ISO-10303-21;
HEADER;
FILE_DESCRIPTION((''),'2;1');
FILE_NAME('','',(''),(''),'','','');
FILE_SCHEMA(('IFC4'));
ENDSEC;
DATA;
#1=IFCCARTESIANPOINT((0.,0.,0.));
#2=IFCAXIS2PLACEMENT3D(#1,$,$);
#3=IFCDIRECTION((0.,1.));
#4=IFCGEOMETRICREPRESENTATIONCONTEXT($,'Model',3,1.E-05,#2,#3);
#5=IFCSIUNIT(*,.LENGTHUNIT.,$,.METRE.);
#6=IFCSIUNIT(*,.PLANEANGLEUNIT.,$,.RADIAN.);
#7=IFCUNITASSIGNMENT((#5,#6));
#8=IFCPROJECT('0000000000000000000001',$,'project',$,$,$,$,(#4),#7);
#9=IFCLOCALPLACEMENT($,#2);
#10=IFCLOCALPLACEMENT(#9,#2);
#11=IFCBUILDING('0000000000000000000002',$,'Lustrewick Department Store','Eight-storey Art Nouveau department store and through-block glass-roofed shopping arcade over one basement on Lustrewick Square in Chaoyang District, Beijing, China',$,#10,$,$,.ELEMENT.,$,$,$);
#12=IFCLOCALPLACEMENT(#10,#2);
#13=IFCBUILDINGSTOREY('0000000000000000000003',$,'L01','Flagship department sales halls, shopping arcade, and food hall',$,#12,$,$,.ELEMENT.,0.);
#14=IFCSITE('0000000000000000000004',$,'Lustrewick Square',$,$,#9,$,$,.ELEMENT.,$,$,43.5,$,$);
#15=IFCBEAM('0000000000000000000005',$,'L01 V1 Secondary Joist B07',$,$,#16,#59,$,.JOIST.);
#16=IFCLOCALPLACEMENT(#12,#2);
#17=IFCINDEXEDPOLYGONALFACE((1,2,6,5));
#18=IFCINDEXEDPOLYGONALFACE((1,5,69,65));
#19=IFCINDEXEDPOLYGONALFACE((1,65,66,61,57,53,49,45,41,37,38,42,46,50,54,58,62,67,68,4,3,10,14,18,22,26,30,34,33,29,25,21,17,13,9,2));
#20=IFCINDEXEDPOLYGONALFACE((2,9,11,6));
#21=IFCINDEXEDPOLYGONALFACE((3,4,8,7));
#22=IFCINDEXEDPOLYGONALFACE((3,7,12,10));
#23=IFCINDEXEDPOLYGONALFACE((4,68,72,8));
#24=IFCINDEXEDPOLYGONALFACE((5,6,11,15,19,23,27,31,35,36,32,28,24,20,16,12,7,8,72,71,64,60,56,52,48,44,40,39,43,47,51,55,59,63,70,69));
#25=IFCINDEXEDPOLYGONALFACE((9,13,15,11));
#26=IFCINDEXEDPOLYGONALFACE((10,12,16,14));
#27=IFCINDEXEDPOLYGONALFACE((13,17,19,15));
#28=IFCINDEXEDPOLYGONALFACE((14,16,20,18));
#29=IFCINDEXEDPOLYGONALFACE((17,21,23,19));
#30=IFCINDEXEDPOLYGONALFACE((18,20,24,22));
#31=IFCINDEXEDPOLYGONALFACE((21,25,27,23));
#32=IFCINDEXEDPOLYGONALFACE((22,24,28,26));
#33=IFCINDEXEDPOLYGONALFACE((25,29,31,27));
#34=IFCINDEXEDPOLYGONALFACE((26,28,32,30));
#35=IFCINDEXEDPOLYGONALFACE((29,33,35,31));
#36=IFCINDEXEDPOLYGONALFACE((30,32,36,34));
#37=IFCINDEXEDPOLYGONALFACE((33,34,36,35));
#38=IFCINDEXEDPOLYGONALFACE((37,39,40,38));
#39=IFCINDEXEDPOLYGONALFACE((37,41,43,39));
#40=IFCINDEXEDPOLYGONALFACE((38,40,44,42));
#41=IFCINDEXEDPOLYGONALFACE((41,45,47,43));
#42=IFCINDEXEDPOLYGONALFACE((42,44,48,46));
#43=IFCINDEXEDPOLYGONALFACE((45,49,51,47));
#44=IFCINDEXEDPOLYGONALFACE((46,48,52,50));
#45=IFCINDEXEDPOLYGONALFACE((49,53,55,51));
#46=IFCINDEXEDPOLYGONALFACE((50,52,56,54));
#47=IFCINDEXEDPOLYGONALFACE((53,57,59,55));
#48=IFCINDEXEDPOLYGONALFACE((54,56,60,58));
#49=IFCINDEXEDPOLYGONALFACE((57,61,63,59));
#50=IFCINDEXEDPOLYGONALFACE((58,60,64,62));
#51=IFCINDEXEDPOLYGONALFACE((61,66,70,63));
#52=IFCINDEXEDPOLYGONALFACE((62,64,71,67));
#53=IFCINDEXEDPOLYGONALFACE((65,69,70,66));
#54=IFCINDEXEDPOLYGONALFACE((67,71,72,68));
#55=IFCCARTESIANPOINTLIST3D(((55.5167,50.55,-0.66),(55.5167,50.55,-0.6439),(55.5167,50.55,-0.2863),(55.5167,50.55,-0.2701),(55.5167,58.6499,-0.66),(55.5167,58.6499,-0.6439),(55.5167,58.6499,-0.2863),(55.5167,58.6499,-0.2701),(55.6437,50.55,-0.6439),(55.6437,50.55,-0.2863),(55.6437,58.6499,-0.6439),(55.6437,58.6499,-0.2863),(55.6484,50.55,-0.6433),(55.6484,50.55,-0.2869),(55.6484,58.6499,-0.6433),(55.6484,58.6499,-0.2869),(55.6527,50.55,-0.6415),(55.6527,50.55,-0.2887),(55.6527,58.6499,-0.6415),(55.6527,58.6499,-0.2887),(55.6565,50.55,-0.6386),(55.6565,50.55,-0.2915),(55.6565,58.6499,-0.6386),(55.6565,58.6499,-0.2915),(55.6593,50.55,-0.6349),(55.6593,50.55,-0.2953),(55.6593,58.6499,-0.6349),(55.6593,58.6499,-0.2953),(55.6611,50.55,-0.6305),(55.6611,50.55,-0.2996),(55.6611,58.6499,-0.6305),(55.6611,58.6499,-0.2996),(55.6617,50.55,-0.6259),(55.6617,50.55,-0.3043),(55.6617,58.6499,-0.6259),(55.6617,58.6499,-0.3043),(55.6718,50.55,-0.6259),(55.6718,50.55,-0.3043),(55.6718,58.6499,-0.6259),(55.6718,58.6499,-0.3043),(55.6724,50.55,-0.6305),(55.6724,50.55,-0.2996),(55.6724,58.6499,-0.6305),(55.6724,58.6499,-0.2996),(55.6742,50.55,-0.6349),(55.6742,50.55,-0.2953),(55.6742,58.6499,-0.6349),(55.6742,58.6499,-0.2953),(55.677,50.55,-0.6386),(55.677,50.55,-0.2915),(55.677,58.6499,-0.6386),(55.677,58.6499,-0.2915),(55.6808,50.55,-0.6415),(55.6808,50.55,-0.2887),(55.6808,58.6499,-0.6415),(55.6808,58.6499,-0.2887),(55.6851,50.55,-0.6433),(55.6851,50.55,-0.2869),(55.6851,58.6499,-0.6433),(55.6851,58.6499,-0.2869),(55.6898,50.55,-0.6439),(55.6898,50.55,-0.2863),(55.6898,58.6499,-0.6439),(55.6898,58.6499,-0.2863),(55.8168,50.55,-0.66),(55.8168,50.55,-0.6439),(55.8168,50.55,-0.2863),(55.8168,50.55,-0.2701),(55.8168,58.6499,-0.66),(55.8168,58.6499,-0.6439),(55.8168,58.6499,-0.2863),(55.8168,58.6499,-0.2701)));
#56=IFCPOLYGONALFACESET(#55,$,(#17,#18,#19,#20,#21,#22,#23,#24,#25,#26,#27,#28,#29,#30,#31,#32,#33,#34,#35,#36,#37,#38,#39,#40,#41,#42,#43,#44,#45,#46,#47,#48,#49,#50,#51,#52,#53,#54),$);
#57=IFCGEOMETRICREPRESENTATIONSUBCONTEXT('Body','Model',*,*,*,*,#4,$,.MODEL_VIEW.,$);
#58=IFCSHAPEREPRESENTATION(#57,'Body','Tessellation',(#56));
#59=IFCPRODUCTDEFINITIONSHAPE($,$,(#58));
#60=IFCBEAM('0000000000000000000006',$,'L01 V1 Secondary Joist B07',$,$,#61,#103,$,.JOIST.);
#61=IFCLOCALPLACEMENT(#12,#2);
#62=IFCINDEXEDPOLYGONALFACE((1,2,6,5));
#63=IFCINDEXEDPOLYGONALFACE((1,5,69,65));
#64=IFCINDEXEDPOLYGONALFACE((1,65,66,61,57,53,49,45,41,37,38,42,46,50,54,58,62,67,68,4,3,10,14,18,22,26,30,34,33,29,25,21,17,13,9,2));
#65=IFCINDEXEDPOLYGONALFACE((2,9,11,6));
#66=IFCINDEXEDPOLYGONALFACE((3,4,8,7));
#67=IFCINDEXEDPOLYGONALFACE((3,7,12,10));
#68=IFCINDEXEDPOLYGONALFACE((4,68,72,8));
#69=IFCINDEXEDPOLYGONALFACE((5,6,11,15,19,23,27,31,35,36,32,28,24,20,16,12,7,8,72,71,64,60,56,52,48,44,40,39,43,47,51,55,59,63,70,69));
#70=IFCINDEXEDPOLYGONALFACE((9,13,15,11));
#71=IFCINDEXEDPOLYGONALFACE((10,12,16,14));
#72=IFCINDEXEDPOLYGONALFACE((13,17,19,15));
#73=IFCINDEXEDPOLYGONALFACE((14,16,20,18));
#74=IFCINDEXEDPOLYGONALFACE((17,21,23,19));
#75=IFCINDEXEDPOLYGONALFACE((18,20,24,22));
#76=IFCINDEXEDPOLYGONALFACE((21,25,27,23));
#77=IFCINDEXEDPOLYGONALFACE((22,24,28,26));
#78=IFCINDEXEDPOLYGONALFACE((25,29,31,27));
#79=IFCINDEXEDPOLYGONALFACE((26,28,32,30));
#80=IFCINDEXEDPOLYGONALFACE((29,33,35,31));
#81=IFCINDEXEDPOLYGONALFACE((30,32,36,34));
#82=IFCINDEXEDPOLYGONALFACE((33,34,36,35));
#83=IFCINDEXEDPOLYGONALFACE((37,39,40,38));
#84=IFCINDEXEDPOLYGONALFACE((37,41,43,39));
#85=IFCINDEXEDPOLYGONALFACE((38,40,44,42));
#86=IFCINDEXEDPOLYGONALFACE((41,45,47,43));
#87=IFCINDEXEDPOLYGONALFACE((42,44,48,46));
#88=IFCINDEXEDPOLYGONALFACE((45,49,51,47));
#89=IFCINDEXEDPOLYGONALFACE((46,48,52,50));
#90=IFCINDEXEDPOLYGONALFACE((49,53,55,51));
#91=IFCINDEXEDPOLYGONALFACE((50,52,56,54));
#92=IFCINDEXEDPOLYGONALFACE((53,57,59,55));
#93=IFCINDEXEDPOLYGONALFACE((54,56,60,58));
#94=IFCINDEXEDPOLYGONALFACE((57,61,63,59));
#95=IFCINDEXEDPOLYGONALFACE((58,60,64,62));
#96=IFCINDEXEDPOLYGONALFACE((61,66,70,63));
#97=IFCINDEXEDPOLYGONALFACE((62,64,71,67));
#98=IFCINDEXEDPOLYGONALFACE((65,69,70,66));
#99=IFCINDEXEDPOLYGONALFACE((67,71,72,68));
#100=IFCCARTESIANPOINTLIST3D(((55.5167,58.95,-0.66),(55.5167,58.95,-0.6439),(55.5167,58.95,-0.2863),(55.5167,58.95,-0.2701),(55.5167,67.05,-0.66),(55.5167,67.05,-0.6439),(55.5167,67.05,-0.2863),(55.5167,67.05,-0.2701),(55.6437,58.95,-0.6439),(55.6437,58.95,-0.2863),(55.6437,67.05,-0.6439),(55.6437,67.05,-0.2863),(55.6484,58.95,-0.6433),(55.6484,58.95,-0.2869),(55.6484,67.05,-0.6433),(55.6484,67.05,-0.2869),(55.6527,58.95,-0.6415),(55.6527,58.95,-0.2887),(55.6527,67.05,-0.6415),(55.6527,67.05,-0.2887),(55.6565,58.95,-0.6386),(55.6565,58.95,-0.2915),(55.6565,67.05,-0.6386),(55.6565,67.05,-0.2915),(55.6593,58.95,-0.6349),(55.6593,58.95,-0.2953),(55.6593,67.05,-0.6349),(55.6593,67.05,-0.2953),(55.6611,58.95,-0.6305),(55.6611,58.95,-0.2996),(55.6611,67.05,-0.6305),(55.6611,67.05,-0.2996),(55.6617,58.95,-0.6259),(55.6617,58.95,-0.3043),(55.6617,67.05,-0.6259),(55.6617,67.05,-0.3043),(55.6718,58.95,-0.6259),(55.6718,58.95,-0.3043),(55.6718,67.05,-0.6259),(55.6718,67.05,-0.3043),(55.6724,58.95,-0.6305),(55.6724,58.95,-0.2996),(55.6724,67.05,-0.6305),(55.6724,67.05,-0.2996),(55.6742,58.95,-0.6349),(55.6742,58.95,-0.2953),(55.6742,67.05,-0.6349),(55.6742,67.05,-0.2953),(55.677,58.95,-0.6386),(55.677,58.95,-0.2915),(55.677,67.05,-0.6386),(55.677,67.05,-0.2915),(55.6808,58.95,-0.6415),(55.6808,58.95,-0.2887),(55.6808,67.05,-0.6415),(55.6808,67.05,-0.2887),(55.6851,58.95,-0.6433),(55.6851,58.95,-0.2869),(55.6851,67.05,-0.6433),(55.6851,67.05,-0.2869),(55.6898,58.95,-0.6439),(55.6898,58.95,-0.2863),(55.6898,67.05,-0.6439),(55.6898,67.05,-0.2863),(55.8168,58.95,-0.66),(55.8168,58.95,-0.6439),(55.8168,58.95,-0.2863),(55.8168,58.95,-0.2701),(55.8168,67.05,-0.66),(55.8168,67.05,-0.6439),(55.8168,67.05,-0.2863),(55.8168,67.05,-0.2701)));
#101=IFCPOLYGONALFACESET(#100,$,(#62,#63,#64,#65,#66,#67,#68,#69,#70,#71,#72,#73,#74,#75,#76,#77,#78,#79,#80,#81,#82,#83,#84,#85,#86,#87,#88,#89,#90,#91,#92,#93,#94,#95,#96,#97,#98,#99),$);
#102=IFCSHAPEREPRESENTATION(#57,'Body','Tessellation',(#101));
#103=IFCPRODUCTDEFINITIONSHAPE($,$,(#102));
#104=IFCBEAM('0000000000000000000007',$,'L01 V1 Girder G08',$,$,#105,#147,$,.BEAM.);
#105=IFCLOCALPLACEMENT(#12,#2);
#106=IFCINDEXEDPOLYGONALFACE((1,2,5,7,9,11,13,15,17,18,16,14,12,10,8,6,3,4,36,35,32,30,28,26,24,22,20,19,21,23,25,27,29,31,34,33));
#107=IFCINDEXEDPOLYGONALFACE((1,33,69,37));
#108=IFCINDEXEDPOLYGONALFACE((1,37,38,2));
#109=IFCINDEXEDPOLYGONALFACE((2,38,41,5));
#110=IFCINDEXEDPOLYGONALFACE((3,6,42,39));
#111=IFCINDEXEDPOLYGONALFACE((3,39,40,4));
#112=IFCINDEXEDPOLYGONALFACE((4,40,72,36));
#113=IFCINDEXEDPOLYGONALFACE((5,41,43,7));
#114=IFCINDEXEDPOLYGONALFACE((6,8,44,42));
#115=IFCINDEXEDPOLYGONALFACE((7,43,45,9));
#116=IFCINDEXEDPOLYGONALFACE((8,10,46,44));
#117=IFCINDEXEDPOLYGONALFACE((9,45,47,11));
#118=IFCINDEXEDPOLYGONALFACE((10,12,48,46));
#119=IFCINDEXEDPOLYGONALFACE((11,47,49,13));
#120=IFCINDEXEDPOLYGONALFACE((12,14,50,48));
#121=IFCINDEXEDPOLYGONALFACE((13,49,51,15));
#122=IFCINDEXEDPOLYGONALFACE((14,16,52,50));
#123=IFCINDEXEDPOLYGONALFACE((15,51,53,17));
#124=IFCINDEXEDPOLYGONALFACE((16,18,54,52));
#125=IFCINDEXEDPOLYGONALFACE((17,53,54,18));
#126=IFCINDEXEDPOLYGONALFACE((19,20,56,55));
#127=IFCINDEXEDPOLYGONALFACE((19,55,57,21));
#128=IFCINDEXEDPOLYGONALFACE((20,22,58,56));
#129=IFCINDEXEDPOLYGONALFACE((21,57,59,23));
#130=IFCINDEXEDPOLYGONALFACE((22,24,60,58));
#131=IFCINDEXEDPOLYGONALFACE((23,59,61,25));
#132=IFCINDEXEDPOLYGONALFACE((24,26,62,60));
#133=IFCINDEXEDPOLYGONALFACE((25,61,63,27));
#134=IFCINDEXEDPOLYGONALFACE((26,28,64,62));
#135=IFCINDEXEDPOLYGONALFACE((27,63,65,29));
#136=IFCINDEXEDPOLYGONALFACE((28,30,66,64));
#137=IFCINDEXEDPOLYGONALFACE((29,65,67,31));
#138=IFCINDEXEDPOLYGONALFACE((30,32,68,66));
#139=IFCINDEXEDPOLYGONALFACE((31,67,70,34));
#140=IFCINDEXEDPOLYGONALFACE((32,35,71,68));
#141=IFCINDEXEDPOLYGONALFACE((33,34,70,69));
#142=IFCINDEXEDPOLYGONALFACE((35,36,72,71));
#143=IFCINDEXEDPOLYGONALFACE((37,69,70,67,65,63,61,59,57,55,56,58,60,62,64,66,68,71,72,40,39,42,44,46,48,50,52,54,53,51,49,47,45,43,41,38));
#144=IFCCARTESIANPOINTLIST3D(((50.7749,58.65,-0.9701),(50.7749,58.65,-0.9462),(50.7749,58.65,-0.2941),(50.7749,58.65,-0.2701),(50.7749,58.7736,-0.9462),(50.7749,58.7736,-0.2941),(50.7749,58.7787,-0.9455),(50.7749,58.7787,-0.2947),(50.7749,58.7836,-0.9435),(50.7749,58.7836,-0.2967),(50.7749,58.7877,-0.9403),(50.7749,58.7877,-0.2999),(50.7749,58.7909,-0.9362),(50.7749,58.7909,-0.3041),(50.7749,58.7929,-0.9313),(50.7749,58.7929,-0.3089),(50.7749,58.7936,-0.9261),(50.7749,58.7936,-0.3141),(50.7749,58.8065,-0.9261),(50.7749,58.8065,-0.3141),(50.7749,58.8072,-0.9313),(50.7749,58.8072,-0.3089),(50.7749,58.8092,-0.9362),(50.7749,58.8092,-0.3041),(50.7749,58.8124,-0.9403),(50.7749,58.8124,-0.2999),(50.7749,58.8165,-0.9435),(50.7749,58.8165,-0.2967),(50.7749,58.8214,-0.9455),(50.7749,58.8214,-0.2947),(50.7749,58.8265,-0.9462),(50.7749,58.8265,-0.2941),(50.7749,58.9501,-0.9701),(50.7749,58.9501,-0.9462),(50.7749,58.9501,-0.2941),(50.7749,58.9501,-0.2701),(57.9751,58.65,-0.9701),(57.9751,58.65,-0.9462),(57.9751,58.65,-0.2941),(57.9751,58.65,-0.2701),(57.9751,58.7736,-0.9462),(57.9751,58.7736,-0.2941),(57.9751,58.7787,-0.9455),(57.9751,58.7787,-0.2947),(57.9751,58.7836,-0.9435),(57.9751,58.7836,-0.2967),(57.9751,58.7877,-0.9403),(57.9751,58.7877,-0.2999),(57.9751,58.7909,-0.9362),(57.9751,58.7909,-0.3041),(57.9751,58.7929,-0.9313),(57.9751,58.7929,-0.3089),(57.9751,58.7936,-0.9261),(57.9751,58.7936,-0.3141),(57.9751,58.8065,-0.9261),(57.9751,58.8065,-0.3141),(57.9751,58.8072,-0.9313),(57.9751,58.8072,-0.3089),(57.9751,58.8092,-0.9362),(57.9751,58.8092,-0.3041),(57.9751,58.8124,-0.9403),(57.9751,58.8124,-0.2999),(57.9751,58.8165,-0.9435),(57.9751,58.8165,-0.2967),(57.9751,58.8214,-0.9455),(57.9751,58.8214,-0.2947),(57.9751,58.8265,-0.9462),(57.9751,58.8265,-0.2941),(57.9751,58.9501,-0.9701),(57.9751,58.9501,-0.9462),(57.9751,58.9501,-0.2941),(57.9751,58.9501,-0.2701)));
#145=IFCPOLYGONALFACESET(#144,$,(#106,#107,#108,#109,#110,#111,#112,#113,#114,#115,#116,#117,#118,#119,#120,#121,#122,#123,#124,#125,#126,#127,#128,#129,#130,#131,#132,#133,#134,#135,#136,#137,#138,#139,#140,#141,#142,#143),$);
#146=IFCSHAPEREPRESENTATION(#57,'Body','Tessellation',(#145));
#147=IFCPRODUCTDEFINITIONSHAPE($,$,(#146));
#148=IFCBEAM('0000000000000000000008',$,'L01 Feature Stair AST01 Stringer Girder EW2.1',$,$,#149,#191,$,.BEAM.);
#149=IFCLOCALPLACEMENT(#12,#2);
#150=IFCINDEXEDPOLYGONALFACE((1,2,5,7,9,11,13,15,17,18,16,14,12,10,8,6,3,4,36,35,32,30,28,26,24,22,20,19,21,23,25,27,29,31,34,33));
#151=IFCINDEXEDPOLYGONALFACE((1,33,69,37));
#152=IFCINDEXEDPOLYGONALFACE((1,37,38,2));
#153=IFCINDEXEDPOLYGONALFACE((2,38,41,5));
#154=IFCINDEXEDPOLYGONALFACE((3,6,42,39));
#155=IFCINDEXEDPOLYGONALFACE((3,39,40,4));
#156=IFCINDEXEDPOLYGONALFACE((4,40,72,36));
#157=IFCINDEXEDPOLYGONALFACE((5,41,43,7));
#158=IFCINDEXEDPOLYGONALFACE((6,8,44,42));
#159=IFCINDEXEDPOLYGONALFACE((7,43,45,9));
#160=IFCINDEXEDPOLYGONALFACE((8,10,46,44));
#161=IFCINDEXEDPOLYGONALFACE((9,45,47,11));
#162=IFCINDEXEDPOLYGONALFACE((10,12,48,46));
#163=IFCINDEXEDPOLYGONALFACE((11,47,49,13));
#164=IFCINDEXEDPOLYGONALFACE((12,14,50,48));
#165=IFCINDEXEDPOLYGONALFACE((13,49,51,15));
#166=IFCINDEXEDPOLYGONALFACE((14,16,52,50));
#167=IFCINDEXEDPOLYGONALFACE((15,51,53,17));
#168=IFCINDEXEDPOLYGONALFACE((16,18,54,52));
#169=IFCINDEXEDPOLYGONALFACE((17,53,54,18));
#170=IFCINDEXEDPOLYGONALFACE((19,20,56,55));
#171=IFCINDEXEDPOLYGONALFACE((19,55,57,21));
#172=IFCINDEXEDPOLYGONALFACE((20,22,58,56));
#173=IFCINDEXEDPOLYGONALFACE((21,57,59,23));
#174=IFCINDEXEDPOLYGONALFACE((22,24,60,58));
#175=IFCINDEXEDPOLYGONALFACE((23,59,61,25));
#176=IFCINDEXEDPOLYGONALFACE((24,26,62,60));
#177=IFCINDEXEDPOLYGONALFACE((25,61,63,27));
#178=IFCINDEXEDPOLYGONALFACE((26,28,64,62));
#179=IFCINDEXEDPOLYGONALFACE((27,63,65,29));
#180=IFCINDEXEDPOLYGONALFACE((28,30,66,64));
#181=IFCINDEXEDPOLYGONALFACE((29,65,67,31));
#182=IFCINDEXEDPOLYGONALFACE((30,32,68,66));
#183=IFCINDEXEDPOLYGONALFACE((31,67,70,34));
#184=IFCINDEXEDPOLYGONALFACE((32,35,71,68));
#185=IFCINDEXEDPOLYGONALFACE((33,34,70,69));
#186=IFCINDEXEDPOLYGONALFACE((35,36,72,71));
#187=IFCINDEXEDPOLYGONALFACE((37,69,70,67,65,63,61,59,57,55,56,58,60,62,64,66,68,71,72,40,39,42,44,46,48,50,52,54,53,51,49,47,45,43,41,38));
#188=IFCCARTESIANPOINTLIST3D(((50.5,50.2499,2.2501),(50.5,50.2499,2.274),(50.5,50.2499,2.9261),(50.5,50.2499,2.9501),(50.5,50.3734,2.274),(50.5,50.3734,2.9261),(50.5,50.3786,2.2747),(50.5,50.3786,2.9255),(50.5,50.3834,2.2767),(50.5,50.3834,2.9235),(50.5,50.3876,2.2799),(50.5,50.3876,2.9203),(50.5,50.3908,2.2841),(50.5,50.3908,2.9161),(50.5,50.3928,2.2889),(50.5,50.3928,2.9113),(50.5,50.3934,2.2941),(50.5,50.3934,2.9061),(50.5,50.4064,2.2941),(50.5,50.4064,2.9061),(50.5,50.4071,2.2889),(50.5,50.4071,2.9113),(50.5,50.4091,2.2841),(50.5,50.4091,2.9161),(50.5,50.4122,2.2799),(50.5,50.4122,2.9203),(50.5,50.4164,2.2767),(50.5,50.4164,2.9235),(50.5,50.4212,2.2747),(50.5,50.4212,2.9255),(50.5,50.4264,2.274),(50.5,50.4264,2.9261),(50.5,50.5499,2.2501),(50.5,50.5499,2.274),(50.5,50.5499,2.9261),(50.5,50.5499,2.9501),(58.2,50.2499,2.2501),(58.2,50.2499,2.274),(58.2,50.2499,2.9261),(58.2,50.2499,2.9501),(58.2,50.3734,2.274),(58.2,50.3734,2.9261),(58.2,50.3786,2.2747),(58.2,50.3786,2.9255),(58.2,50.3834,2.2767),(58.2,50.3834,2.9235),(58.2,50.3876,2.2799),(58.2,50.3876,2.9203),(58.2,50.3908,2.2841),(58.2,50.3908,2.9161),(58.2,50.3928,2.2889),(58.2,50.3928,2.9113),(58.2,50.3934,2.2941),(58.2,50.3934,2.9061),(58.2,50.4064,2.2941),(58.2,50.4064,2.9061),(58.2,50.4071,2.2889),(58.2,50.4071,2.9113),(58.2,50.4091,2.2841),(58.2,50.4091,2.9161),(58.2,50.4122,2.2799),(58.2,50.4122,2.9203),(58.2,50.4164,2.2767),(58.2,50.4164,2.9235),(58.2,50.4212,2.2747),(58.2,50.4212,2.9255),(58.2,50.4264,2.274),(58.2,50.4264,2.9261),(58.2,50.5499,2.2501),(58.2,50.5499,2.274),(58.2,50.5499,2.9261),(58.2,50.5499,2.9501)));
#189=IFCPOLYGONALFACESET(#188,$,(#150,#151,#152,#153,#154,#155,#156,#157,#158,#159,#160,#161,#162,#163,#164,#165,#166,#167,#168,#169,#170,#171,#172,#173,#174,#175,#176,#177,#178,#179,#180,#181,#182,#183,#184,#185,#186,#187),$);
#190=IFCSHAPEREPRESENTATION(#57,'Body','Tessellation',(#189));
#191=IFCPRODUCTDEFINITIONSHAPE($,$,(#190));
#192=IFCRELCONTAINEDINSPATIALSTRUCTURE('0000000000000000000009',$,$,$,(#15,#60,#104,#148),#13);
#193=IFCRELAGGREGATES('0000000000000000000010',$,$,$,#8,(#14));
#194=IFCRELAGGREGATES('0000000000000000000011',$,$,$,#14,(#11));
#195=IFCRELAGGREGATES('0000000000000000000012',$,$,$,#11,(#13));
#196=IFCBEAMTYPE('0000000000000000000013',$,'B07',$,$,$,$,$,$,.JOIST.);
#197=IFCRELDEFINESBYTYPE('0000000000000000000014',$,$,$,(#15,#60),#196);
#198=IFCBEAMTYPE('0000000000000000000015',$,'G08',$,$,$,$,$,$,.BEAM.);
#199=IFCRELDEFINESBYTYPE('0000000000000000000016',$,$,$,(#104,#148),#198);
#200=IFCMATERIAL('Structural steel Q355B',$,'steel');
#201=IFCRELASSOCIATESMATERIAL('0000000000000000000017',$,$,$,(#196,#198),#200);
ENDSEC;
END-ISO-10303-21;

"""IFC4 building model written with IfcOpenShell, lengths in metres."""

from ifc_helpers import new_model, si_unit, direction, frame, origin, origin_2d, place, context, subcontext, project, spatial, i_section, extrude, material, material_profile, profile_set, type_object, element, save


model = new_model("IFC4")

# Units and contexts
model_context = context("Model", 3, precision=1e-05, world=origin(), true_north=direction((0.0, 1.0)))
body_context = subcontext(model_context, "Body", "Model", "MODEL_VIEW")
ifc_project = project(units=[si_unit("LENGTHUNIT", "METRE"), si_unit("PLANEANGLEUNIT", "RADIAN")], contexts=[model_context])

# Site, building, storey
site_placement = place(None, origin())
site = spatial("IfcSite", under=ifc_project, at=site_placement, Name="Lustrewick Square", CompositionType="ELEMENT", RefElevation=43.5)
building_placement = place(site_placement, origin())
building = spatial("IfcBuilding", under=site, at=building_placement, Name="Lustrewick Department Store", Description="Eight-storey Art Nouveau department store and through-block glass-roofed shopping arcade over one basement on Lustrewick Square in Chaoyang District, Beijing, China", CompositionType="ELEMENT")
storey_placement = place(building_placement, origin())
storey = spatial("IfcBuildingStorey", under=building, at=storey_placement, Name="L01", Description="Flagship department sales halls, shopping arcade, and food hall", CompositionType="ELEMENT", Elevation=0.0)

# Beams
ifc_material_1 = material(Name="Structural steel Q355B", Category="steel")
ifc_material_profile_1 = material_profile(ifc_material_1, i_section(OverallWidth=0.3, OverallDepth=0.3899, WebThickness=0.01, FlangeThickness=0.0161, FilletRadius=0.0181, at=origin_2d()), Name="HM 390x300x10x16")
ifc_profile_set_1 = profile_set([ifc_material_profile_1], Name="Structural steel Q355B")
beam_type_1 = type_object("IfcBeamType", Name="B07", PredefinedType="JOIST", material=ifc_profile_set_1)
beam_1_placement = place(storey_placement, frame((55.6667, 50.55, -0.4651), z_axis=(0.0, 1.0, 0.0), x_axis=(-1.0, 0.0, 0.0)))
element("IfcBeam", 1, at=beam_1_placement, inside=storey, type_object=beam_type_1, Name="L01 V1 Secondary Joist B07", PredefinedType="JOIST", context=body_context, shape_type="SweptSolid", body=[
    extrude(i_section(OverallWidth=0.3, OverallDepth=0.3899, WebThickness=0.01, FlangeThickness=0.0161, FilletRadius=0.0181, at=origin_2d()), origin(), (0.0, 0.0, 1.0), 8.0999),
])
beam_2_placement = place(storey_placement, frame((55.6667, 58.95, -0.4651), z_axis=(0.0, 1.0, 0.0), x_axis=(-1.0, 0.0, 0.0)))
element("IfcBeam", 2, at=beam_2_placement, inside=storey, type_object=beam_type_1, Name="L01 V1 Secondary Joist B07", PredefinedType="JOIST", context=body_context, shape_type="SweptSolid", body=[
    extrude(i_section(OverallWidth=0.3, OverallDepth=0.3899, WebThickness=0.01, FlangeThickness=0.0161, FilletRadius=0.0181, at=origin_2d()), origin(), (0.0, 0.0, 1.0), 8.1001),
])
ifc_material_profile_2 = material_profile(ifc_material_1, i_section(OverallWidth=0.3, OverallDepth=0.7, WebThickness=0.0129, FlangeThickness=0.0239, FilletRadius=0.02, at=origin_2d()), Name="HN 700x300x13x24")
ifc_profile_set_2 = profile_set([ifc_material_profile_2], Name="Structural steel Q355B")
beam_type_2 = type_object("IfcBeamType", Name="G08", PredefinedType="BEAM", material=ifc_profile_set_2)
beam_3_placement = place(storey_placement, frame((50.7749, 58.8, -0.6201), z_axis=(1.0, 0.0, 0.0), x_axis=(0.0, 1.0, 0.0)))
element("IfcBeam", 3, at=beam_3_placement, inside=storey, type_object=beam_type_2, Name="L01 V1 Girder G08", PredefinedType="BEAM", context=body_context, shape_type="SweptSolid", body=[
    extrude(i_section(OverallWidth=0.3, OverallDepth=0.7, WebThickness=0.0129, FlangeThickness=0.0239, FilletRadius=0.02, at=origin_2d()), origin(), (0.0, 0.0, 1.0), 7.2002),
])
for number, where, z_axis, x_axis, name in (
    (4, (50.5, 50.3999, 2.6001), (1.0, 0.0, 0.0), (0.0, 1.0, 0.0), "L01 Feature Stair AST01 Stringer Girder EW2.1"),
):
    element("IfcBeam", number, at=place(storey_placement, frame(where, z_axis=z_axis, x_axis=x_axis)), inside=storey, type_object=beam_type_2, Name=name, PredefinedType="BEAM", context=body_context, shape_type="SweptSolid", body=[
        extrude(i_section(OverallWidth=0.3, OverallDepth=0.7, WebThickness=0.0129, FlangeThickness=0.0239, FilletRadius=0.02, at=origin_2d()), origin(), (0.0, 0.0, 1.0), 7.7),
    ])

save(model, "model.ifc")
